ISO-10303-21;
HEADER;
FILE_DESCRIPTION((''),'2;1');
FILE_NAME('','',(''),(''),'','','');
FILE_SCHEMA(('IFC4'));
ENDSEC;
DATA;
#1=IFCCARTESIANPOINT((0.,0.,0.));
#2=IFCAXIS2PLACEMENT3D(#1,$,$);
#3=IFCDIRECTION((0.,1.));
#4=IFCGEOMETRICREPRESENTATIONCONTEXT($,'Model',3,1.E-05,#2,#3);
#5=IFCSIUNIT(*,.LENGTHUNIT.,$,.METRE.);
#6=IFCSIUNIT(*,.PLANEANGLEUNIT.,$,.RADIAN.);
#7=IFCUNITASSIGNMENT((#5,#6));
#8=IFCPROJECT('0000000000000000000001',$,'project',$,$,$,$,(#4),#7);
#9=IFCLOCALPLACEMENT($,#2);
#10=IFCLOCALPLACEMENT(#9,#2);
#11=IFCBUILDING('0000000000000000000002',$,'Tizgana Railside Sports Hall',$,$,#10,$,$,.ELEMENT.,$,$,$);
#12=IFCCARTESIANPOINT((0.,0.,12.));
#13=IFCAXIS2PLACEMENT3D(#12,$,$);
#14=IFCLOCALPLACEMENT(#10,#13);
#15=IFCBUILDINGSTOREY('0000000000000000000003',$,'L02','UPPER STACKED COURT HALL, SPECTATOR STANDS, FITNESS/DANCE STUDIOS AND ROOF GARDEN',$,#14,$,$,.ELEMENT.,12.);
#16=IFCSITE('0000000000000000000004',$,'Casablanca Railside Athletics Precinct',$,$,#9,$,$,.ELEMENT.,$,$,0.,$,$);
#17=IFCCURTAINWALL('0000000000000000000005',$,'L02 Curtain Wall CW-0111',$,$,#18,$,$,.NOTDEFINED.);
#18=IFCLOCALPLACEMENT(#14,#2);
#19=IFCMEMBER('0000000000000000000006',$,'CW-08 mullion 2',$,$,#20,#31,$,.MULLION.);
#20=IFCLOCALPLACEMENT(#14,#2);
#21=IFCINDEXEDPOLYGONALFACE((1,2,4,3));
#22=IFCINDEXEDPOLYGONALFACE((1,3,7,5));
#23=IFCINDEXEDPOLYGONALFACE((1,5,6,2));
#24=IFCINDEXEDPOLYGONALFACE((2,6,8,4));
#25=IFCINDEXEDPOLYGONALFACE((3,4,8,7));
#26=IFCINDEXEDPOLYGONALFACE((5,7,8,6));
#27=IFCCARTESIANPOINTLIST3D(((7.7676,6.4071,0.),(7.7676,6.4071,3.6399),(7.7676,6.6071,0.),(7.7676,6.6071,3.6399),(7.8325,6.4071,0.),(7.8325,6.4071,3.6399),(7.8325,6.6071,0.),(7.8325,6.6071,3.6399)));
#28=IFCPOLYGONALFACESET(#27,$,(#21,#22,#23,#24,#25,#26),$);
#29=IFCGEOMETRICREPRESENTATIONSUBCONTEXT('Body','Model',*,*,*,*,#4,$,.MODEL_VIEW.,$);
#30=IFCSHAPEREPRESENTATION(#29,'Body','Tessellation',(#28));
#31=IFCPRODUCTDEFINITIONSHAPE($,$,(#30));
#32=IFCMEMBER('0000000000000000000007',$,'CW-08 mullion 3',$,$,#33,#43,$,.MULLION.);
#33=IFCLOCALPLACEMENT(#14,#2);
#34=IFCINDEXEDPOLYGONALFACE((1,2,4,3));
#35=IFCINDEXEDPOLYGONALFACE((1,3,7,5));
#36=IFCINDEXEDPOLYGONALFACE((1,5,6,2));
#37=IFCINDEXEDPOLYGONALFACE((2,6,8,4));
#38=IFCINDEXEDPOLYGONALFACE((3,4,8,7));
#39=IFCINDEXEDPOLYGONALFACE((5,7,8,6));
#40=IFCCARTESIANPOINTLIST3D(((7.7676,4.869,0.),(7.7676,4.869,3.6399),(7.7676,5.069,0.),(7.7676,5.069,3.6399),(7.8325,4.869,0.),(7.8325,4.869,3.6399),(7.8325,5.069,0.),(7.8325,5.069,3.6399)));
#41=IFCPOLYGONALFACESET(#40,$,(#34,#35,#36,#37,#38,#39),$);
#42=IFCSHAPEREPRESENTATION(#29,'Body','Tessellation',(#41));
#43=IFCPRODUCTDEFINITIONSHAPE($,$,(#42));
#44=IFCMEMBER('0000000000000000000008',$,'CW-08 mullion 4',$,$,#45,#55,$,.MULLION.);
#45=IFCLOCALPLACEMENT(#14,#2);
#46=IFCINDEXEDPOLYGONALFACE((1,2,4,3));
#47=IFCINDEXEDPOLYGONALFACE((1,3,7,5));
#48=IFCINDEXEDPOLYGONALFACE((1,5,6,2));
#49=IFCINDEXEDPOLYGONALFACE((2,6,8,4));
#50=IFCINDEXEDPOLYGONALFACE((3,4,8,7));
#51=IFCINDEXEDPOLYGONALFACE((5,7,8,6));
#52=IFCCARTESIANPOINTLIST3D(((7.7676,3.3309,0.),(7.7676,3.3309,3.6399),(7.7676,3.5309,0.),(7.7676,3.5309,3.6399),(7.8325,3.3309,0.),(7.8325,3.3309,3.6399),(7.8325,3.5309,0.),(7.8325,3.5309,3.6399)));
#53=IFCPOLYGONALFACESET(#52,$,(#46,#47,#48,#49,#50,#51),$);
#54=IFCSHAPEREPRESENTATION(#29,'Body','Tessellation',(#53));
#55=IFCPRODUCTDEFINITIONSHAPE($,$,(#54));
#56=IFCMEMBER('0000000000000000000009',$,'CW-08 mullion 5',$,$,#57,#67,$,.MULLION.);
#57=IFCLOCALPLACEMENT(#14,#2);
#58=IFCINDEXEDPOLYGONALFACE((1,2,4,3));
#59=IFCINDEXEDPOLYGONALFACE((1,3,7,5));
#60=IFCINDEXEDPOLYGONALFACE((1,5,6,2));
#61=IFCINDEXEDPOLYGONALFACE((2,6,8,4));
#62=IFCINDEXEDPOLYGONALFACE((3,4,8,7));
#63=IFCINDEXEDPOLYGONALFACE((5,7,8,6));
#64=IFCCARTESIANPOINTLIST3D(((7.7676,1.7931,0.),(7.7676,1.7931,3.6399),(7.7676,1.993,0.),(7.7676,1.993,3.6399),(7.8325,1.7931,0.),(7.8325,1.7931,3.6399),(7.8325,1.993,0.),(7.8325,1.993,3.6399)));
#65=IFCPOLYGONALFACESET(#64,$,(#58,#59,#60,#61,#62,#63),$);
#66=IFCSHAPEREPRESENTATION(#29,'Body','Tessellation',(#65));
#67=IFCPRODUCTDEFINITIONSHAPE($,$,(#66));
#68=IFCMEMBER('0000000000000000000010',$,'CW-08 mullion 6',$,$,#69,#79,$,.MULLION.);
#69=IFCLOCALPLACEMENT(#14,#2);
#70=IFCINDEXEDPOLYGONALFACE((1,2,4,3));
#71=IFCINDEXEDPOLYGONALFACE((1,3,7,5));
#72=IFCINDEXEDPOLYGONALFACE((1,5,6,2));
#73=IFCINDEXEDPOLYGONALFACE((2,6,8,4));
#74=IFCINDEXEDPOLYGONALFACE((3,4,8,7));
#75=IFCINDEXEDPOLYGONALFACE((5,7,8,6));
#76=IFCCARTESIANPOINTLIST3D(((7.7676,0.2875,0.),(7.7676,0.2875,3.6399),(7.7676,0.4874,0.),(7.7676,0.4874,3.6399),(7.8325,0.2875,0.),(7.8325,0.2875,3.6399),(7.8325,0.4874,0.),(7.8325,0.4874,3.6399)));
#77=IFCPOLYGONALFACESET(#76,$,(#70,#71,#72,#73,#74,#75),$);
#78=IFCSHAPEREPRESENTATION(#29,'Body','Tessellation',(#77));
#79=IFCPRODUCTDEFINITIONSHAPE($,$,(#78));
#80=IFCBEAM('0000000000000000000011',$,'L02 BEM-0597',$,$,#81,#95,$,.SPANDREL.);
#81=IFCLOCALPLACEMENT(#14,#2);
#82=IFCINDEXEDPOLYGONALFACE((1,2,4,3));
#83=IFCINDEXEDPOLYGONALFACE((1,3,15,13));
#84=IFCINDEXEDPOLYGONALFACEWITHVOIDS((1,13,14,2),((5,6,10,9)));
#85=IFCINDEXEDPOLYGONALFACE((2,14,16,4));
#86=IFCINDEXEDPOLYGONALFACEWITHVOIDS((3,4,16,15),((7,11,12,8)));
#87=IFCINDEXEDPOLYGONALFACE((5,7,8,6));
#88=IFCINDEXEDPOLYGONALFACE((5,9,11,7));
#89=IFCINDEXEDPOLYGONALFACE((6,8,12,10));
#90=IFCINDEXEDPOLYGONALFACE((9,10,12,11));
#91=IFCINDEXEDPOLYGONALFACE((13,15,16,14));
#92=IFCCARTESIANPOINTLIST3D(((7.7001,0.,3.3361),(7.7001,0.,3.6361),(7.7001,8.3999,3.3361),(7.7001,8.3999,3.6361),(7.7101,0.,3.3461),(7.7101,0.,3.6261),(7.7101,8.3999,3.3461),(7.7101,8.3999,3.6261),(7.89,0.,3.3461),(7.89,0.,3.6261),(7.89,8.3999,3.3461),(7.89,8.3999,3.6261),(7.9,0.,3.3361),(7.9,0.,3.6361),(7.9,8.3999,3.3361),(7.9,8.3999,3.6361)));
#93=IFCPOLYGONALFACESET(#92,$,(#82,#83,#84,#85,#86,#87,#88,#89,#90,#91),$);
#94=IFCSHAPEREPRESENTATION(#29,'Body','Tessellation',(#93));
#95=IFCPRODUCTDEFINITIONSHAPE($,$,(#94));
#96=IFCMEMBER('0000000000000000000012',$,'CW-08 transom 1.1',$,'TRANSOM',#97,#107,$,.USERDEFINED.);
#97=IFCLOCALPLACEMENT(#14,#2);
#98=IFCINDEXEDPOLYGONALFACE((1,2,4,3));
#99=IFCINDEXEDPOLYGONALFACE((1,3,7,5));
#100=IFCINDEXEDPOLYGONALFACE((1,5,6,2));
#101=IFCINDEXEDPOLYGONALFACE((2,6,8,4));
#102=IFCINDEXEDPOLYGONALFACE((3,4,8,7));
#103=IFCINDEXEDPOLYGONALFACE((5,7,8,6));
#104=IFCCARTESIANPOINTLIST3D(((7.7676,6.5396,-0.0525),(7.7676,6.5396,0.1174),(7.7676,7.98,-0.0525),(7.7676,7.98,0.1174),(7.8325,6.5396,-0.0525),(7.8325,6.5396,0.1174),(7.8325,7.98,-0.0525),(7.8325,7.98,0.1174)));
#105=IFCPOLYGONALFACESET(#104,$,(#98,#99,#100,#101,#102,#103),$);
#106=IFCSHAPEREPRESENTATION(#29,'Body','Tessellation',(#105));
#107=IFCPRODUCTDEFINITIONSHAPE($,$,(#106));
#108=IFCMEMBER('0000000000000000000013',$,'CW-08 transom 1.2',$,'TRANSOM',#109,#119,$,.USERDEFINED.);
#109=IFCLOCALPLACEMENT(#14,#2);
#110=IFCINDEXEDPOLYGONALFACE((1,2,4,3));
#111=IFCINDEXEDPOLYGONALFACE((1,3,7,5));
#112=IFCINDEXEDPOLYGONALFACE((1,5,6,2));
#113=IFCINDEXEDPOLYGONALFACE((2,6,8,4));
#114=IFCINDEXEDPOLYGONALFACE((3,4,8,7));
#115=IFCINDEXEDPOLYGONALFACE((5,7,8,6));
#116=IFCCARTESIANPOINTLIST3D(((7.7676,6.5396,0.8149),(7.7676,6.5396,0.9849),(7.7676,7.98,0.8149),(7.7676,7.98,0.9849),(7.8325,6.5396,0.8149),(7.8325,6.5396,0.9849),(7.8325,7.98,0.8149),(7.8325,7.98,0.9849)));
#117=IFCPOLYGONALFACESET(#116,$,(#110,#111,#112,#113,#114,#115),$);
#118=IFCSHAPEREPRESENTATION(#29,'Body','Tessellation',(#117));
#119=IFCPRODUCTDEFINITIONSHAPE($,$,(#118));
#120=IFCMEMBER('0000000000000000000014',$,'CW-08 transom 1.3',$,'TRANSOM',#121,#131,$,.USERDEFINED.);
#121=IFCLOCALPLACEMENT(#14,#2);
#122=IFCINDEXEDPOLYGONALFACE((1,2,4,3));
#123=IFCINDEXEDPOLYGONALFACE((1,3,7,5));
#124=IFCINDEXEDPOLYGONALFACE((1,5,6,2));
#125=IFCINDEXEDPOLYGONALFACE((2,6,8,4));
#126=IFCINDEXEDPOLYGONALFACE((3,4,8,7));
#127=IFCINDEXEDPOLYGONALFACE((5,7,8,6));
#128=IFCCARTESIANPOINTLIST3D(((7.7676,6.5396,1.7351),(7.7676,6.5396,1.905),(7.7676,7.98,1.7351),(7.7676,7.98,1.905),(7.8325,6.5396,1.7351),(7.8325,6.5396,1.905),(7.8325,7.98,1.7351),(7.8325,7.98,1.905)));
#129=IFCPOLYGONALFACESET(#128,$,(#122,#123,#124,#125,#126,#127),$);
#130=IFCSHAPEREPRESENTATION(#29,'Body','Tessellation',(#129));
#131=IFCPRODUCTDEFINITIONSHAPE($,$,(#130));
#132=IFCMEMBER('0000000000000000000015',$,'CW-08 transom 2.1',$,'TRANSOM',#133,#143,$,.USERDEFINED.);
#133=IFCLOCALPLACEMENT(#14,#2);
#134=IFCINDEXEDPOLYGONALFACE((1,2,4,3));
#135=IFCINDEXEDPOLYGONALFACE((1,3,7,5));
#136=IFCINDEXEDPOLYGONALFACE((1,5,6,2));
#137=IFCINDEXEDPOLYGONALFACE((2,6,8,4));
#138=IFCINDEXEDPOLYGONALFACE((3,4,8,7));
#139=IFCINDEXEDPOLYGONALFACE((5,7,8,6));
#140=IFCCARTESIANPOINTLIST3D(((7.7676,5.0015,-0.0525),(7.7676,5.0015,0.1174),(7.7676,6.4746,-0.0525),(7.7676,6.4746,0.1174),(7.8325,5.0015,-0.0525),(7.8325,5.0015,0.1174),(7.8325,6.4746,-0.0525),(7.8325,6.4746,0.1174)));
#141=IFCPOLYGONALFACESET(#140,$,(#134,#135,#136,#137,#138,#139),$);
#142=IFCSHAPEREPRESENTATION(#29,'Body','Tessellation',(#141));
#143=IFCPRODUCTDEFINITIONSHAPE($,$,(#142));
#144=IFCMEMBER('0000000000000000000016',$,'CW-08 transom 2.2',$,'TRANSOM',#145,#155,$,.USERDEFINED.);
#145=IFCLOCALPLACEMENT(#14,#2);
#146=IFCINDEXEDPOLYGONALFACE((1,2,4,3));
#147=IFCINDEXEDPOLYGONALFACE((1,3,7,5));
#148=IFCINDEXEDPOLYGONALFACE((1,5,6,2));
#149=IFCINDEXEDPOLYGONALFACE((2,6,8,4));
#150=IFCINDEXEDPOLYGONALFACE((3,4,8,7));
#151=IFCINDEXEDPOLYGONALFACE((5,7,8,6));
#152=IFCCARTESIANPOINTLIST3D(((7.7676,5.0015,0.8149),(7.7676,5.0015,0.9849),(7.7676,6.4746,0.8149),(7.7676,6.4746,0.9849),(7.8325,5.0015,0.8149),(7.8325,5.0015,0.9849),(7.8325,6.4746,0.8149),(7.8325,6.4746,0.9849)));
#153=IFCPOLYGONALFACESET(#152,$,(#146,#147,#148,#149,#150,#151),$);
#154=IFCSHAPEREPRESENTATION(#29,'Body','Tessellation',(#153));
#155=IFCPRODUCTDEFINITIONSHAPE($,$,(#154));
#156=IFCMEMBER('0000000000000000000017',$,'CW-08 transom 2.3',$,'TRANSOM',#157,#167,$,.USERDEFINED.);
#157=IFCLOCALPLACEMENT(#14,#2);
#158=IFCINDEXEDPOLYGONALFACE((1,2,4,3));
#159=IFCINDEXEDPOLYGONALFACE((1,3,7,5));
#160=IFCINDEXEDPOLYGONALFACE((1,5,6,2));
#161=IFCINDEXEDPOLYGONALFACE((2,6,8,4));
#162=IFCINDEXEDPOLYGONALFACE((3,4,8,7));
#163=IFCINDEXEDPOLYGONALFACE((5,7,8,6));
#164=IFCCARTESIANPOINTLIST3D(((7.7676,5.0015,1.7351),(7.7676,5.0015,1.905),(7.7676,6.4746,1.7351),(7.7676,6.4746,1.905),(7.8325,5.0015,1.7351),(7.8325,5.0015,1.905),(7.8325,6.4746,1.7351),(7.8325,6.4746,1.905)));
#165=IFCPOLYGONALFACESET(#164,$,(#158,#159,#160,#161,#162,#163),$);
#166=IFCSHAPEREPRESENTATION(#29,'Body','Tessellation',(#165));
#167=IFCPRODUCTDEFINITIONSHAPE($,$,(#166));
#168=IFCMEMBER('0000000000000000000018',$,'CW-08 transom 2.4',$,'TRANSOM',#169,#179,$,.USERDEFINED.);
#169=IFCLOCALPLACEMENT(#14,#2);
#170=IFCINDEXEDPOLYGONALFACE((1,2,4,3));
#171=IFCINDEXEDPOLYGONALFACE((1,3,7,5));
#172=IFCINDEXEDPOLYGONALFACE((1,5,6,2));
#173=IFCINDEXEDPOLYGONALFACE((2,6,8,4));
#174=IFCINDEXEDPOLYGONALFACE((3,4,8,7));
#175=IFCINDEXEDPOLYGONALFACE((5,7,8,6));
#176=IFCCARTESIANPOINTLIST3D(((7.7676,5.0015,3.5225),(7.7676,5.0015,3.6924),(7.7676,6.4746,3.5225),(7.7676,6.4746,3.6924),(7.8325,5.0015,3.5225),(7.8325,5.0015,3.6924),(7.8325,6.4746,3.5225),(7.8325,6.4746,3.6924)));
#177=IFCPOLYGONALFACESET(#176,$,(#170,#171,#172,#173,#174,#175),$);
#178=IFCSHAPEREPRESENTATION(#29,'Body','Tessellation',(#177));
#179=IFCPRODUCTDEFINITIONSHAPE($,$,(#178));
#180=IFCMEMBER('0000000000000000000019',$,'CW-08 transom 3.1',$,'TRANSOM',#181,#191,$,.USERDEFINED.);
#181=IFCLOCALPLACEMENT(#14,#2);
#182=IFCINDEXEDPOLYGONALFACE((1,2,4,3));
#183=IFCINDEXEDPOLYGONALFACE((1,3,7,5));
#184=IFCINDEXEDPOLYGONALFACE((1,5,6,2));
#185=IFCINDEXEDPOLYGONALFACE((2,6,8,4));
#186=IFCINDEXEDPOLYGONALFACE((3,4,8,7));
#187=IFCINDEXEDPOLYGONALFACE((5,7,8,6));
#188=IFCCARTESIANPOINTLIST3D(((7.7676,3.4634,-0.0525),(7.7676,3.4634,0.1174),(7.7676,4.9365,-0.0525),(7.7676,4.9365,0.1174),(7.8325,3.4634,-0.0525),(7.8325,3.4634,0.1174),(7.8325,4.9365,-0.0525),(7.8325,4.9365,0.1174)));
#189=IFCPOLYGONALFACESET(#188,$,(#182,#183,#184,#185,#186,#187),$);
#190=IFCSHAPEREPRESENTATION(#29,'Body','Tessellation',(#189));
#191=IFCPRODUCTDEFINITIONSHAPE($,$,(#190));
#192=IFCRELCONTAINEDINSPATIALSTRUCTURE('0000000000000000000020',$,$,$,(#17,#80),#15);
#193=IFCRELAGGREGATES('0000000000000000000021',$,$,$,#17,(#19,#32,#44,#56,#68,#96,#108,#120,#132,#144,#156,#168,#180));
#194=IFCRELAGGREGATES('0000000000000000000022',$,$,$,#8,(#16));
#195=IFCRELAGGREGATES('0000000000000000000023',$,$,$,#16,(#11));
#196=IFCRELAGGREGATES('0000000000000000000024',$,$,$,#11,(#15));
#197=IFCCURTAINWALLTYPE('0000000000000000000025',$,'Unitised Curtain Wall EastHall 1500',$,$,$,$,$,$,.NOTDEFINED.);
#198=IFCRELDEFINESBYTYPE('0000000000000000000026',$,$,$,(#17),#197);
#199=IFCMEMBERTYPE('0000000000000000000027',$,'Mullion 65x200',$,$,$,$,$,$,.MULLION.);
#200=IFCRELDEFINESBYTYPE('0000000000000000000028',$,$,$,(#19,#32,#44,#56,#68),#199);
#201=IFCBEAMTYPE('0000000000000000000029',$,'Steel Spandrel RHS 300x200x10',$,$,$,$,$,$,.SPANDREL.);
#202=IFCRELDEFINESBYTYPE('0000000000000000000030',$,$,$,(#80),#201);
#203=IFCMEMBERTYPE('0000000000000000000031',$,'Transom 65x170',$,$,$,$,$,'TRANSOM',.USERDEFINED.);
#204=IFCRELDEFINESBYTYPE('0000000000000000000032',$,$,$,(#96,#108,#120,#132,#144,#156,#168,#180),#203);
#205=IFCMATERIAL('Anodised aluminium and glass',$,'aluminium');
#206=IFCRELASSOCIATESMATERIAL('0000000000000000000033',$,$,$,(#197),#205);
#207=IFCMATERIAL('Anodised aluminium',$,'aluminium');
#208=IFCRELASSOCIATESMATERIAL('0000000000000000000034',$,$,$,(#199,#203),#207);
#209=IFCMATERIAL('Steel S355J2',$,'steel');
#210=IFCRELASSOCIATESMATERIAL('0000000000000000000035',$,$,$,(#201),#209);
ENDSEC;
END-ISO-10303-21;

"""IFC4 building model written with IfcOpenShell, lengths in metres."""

from ifc_helpers import new_model, si_unit, direction, frame, origin, origin_2d, place, context, subcontext, project, spatial, rectangle, hollow_rectangle, extrude, material, material_profile, profile_set, type_object, element, aggregate, save


model = new_model("IFC4")

# Units and contexts
model_context = context("Model", 3, precision=1e-05, world=origin(), true_north=direction((0.0, 1.0)))
body_context = subcontext(model_context, "Body", "Model", "MODEL_VIEW")
ifc_project = project(units=[si_unit("LENGTHUNIT", "METRE"), si_unit("PLANEANGLEUNIT", "RADIAN")], contexts=[model_context])

# Site, building, storey
site_placement = place(None, origin())
site = spatial("IfcSite", under=ifc_project, at=site_placement, Name="Casablanca Railside Athletics Precinct", CompositionType="ELEMENT", RefElevation=0.0)
building_placement = place(site_placement, origin())
building = spatial("IfcBuilding", under=site, at=building_placement, Name="Tizgana Railside Sports Hall", CompositionType="ELEMENT")
storey_placement = place(building_placement, frame((0.0, 0.0, 12.0)))
storey = spatial("IfcBuildingStorey", under=building, at=storey_placement, Name="L02", Description="UPPER STACKED COURT HALL, SPECTATOR STANDS, FITNESS/DANCE STUDIOS AND ROOF GARDEN", CompositionType="ELEMENT", Elevation=12.0)

# Curtain wall, members
ifc_material_1 = material(Name="Anodised aluminium and glass", Category="aluminium")
curtain_wall_type = type_object("IfcCurtainWallType", Name="Unitised Curtain Wall EastHall 1500", PredefinedType="NOTDEFINED", material=ifc_material_1)
curtain_wall_placement = place(storey_placement, origin())
curtain_wall = element("IfcCurtainWall", 1, at=curtain_wall_placement, inside=storey, type_object=curtain_wall_type, Name="L02 Curtain Wall CW-0111", PredefinedType="NOTDEFINED")
ifc_material_2 = material(Name="Anodised aluminium", Category="aluminium")
ifc_material_profile_1 = material_profile(ifc_material_2, rectangle(XDim=0.0649, YDim=0.2, at=origin_2d()), Name="Mullion 65x200")
ifc_profile_set_1 = profile_set([ifc_material_profile_1], Name="Anodised aluminium")
member_type_1 = type_object("IfcMemberType", Name="Mullion 65x200", PredefinedType="MULLION", material=ifc_profile_set_1)
member_1_placement = place(storey_placement, frame((7.8, 6.5071, 0.0), z_axis=(0.0, 0.0, 1.0), x_axis=(1.0, 0.0, 0.0)))
member_1 = element("IfcMember", 2, at=member_1_placement, type_object=member_type_1, Name="CW-08 mullion 2", PredefinedType="MULLION", context=body_context, shape_type="SweptSolid", body=[
    extrude(rectangle(XDim=0.0649, YDim=0.2, at=origin_2d()), origin(), (0.0, 0.0, 1.0), 3.6399),
])
member_2_placement = place(storey_placement, frame((7.8, 4.969, 0.0), z_axis=(0.0, 0.0, 1.0), x_axis=(1.0, 0.0, 0.0)))
member_2 = element("IfcMember", 3, at=member_2_placement, type_object=member_type_1, Name="CW-08 mullion 3", PredefinedType="MULLION", context=body_context, shape_type="SweptSolid", body=[
    extrude(rectangle(XDim=0.0649, YDim=0.2, at=origin_2d()), origin(), (0.0, 0.0, 1.0), 3.6399),
])
member_3_placement = place(storey_placement, frame((7.8, 3.4309, 0.0), z_axis=(0.0, 0.0, 1.0), x_axis=(1.0, 0.0, 0.0)))
member_3 = element("IfcMember", 4, at=member_3_placement, type_object=member_type_1, Name="CW-08 mullion 4", PredefinedType="MULLION", context=body_context, shape_type="SweptSolid", body=[
    extrude(rectangle(XDim=0.0649, YDim=0.2, at=origin_2d()), origin(), (0.0, 0.0, 1.0), 3.6399),
])
member_4_placement = place(storey_placement, frame((7.8, 1.8931, 0.0), z_axis=(0.0, 0.0, 1.0), x_axis=(1.0, 0.0, 0.0)))
member_4 = element("IfcMember", 5, at=member_4_placement, type_object=member_type_1, Name="CW-08 mullion 5", PredefinedType="MULLION", context=body_context, shape_type="SweptSolid", body=[
    extrude(rectangle(XDim=0.0649, YDim=0.2, at=origin_2d()), origin(), (0.0, 0.0, 1.0), 3.6399),
])
member_5_placement = place(storey_placement, frame((7.8, 0.3875, 0.0), z_axis=(0.0, 0.0, 1.0), x_axis=(1.0, 0.0, 0.0)))
member_5 = element("IfcMember", 6, at=member_5_placement, type_object=member_type_1, Name="CW-08 mullion 6", PredefinedType="MULLION", context=body_context, shape_type="SweptSolid", body=[
    extrude(rectangle(XDim=0.0649, YDim=0.2, at=origin_2d()), origin(), (0.0, 0.0, 1.0), 3.6399),
])

# Beam
ifc_material_3 = material(Name="Steel S355J2", Category="steel")
ifc_material_profile_2 = material_profile(ifc_material_3, hollow_rectangle(XDim=0.2, YDim=0.3, WallThickness=0.01, at=origin_2d()), Name="RHS 300x200x10")
ifc_profile_set_2 = profile_set([ifc_material_profile_2], Name="Steel S355J2")
beam_type = type_object("IfcBeamType", Name="Steel Spandrel RHS 300x200x10", PredefinedType="SPANDREL", material=ifc_profile_set_2)
beam_placement = place(storey_placement, frame((7.8, 0.0, 3.4861), z_axis=(0.0, 1.0, 0.0), x_axis=(-1.0, 0.0, 0.0)))
element("IfcBeam", 7, at=beam_placement, inside=storey, type_object=beam_type, Name="L02 BEM-0597", PredefinedType="SPANDREL", context=body_context, shape_type="SweptSolid", body=[
    extrude(hollow_rectangle(XDim=0.2, YDim=0.3, WallThickness=0.01, at=origin_2d()), origin(), (0.0, 0.0, 1.0), 8.3999),
])

# Members
ifc_material_profile_3 = material_profile(ifc_material_2, rectangle(XDim=0.0649, YDim=0.1699, at=origin_2d()), Name="Transom 65x170")
ifc_profile_set_3 = profile_set([ifc_material_profile_3], Name="Anodised aluminium")
member_type_2 = type_object("IfcMemberType", Name="Transom 65x170", ElementType="TRANSOM", PredefinedType="USERDEFINED", material=ifc_profile_set_3)
member_6_placement = place(storey_placement, frame((7.8, 7.98, 0.0325), z_axis=(0.0, -1.0, 0.0), x_axis=(1.0, 0.0, 0.0)))
member_6 = element("IfcMember", 8, at=member_6_placement, type_object=member_type_2, Name="CW-08 transom 1.1", ObjectType="TRANSOM", PredefinedType="USERDEFINED", context=body_context, shape_type="SweptSolid", body=[
    extrude(rectangle(XDim=0.0649, YDim=0.1699, at=origin_2d()), origin(), (0.0, 0.0, 1.0), 1.4404),
])
member_7_placement = place(storey_placement, frame((7.8, 7.98, 0.8999), z_axis=(0.0, -1.0, 0.0), x_axis=(1.0, 0.0, 0.0)))
member_7 = element("IfcMember", 9, at=member_7_placement, type_object=member_type_2, Name="CW-08 transom 1.2", ObjectType="TRANSOM", PredefinedType="USERDEFINED", context=body_context, shape_type="SweptSolid", body=[
    extrude(rectangle(XDim=0.0649, YDim=0.1699, at=origin_2d()), origin(), (0.0, 0.0, 1.0), 1.4404),
])
member_8_placement = place(storey_placement, frame((7.8, 7.98, 1.8201), z_axis=(0.0, -1.0, 0.0), x_axis=(1.0, 0.0, 0.0)))
member_8 = element("IfcMember", 10, at=member_8_placement, type_object=member_type_2, Name="CW-08 transom 1.3", ObjectType="TRANSOM", PredefinedType="USERDEFINED", context=body_context, shape_type="SweptSolid", body=[
    extrude(rectangle(XDim=0.0649, YDim=0.1699, at=origin_2d()), origin(), (0.0, 0.0, 1.0), 1.4404),
])
member_9_placement = place(storey_placement, frame((7.8, 6.4746, 0.0325), z_axis=(0.0, -1.0, 0.0), x_axis=(1.0, 0.0, 0.0)))
member_9 = element("IfcMember", 11, at=member_9_placement, type_object=member_type_2, Name="CW-08 transom 2.1", ObjectType="TRANSOM", PredefinedType="USERDEFINED", context=body_context, shape_type="SweptSolid", body=[
    extrude(rectangle(XDim=0.0649, YDim=0.1699, at=origin_2d()), origin(), (0.0, 0.0, 1.0), 1.4731),
])
member_10_placement = place(storey_placement, frame((7.8, 6.4746, 0.8999), z_axis=(0.0, -1.0, 0.0), x_axis=(1.0, 0.0, 0.0)))
member_10 = element("IfcMember", 12, at=member_10_placement, type_object=member_type_2, Name="CW-08 transom 2.2", ObjectType="TRANSOM", PredefinedType="USERDEFINED", context=body_context, shape_type="SweptSolid", body=[
    extrude(rectangle(XDim=0.0649, YDim=0.1699, at=origin_2d()), origin(), (0.0, 0.0, 1.0), 1.4731),
])
member_11_placement = place(storey_placement, frame((7.8, 6.4746, 1.8201), z_axis=(0.0, -1.0, 0.0), x_axis=(1.0, 0.0, 0.0)))
member_11 = element("IfcMember", 13, at=member_11_placement, type_object=member_type_2, Name="CW-08 transom 2.3", ObjectType="TRANSOM", PredefinedType="USERDEFINED", context=body_context, shape_type="SweptSolid", body=[
    extrude(rectangle(XDim=0.0649, YDim=0.1699, at=origin_2d()), origin(), (0.0, 0.0, 1.0), 1.4731),
])
member_12_placement = place(storey_placement, frame((7.8, 6.4746, 3.6074), z_axis=(0.0, -1.0, 0.0), x_axis=(1.0, 0.0, 0.0)))
member_12 = element("IfcMember", 14, at=member_12_placement, type_object=member_type_2, Name="CW-08 transom 2.4", ObjectType="TRANSOM", PredefinedType="USERDEFINED", context=body_context, shape_type="SweptSolid", body=[
    extrude(rectangle(XDim=0.0649, YDim=0.1699, at=origin_2d()), origin(), (0.0, 0.0, 1.0), 1.4731),
])
member_13_placement = place(storey_placement, frame((7.8, 4.9365, 0.0325), z_axis=(0.0, -1.0, 0.0), x_axis=(1.0, 0.0, 0.0)))
member_13 = element("IfcMember", 15, at=member_13_placement, type_object=member_type_2, Name="CW-08 transom 3.1", ObjectType="TRANSOM", PredefinedType="USERDEFINED", context=body_context, shape_type="SweptSolid", body=[
    extrude(rectangle(XDim=0.0649, YDim=0.1699, at=origin_2d()), origin(), (0.0, 0.0, 1.0), 1.4731),
])

aggregate(curtain_wall, [member_1, member_2, member_3, member_4, member_5, member_6, member_7, member_8, member_9, member_10, member_11, member_12, member_13])

save(model, "model.ifc")
